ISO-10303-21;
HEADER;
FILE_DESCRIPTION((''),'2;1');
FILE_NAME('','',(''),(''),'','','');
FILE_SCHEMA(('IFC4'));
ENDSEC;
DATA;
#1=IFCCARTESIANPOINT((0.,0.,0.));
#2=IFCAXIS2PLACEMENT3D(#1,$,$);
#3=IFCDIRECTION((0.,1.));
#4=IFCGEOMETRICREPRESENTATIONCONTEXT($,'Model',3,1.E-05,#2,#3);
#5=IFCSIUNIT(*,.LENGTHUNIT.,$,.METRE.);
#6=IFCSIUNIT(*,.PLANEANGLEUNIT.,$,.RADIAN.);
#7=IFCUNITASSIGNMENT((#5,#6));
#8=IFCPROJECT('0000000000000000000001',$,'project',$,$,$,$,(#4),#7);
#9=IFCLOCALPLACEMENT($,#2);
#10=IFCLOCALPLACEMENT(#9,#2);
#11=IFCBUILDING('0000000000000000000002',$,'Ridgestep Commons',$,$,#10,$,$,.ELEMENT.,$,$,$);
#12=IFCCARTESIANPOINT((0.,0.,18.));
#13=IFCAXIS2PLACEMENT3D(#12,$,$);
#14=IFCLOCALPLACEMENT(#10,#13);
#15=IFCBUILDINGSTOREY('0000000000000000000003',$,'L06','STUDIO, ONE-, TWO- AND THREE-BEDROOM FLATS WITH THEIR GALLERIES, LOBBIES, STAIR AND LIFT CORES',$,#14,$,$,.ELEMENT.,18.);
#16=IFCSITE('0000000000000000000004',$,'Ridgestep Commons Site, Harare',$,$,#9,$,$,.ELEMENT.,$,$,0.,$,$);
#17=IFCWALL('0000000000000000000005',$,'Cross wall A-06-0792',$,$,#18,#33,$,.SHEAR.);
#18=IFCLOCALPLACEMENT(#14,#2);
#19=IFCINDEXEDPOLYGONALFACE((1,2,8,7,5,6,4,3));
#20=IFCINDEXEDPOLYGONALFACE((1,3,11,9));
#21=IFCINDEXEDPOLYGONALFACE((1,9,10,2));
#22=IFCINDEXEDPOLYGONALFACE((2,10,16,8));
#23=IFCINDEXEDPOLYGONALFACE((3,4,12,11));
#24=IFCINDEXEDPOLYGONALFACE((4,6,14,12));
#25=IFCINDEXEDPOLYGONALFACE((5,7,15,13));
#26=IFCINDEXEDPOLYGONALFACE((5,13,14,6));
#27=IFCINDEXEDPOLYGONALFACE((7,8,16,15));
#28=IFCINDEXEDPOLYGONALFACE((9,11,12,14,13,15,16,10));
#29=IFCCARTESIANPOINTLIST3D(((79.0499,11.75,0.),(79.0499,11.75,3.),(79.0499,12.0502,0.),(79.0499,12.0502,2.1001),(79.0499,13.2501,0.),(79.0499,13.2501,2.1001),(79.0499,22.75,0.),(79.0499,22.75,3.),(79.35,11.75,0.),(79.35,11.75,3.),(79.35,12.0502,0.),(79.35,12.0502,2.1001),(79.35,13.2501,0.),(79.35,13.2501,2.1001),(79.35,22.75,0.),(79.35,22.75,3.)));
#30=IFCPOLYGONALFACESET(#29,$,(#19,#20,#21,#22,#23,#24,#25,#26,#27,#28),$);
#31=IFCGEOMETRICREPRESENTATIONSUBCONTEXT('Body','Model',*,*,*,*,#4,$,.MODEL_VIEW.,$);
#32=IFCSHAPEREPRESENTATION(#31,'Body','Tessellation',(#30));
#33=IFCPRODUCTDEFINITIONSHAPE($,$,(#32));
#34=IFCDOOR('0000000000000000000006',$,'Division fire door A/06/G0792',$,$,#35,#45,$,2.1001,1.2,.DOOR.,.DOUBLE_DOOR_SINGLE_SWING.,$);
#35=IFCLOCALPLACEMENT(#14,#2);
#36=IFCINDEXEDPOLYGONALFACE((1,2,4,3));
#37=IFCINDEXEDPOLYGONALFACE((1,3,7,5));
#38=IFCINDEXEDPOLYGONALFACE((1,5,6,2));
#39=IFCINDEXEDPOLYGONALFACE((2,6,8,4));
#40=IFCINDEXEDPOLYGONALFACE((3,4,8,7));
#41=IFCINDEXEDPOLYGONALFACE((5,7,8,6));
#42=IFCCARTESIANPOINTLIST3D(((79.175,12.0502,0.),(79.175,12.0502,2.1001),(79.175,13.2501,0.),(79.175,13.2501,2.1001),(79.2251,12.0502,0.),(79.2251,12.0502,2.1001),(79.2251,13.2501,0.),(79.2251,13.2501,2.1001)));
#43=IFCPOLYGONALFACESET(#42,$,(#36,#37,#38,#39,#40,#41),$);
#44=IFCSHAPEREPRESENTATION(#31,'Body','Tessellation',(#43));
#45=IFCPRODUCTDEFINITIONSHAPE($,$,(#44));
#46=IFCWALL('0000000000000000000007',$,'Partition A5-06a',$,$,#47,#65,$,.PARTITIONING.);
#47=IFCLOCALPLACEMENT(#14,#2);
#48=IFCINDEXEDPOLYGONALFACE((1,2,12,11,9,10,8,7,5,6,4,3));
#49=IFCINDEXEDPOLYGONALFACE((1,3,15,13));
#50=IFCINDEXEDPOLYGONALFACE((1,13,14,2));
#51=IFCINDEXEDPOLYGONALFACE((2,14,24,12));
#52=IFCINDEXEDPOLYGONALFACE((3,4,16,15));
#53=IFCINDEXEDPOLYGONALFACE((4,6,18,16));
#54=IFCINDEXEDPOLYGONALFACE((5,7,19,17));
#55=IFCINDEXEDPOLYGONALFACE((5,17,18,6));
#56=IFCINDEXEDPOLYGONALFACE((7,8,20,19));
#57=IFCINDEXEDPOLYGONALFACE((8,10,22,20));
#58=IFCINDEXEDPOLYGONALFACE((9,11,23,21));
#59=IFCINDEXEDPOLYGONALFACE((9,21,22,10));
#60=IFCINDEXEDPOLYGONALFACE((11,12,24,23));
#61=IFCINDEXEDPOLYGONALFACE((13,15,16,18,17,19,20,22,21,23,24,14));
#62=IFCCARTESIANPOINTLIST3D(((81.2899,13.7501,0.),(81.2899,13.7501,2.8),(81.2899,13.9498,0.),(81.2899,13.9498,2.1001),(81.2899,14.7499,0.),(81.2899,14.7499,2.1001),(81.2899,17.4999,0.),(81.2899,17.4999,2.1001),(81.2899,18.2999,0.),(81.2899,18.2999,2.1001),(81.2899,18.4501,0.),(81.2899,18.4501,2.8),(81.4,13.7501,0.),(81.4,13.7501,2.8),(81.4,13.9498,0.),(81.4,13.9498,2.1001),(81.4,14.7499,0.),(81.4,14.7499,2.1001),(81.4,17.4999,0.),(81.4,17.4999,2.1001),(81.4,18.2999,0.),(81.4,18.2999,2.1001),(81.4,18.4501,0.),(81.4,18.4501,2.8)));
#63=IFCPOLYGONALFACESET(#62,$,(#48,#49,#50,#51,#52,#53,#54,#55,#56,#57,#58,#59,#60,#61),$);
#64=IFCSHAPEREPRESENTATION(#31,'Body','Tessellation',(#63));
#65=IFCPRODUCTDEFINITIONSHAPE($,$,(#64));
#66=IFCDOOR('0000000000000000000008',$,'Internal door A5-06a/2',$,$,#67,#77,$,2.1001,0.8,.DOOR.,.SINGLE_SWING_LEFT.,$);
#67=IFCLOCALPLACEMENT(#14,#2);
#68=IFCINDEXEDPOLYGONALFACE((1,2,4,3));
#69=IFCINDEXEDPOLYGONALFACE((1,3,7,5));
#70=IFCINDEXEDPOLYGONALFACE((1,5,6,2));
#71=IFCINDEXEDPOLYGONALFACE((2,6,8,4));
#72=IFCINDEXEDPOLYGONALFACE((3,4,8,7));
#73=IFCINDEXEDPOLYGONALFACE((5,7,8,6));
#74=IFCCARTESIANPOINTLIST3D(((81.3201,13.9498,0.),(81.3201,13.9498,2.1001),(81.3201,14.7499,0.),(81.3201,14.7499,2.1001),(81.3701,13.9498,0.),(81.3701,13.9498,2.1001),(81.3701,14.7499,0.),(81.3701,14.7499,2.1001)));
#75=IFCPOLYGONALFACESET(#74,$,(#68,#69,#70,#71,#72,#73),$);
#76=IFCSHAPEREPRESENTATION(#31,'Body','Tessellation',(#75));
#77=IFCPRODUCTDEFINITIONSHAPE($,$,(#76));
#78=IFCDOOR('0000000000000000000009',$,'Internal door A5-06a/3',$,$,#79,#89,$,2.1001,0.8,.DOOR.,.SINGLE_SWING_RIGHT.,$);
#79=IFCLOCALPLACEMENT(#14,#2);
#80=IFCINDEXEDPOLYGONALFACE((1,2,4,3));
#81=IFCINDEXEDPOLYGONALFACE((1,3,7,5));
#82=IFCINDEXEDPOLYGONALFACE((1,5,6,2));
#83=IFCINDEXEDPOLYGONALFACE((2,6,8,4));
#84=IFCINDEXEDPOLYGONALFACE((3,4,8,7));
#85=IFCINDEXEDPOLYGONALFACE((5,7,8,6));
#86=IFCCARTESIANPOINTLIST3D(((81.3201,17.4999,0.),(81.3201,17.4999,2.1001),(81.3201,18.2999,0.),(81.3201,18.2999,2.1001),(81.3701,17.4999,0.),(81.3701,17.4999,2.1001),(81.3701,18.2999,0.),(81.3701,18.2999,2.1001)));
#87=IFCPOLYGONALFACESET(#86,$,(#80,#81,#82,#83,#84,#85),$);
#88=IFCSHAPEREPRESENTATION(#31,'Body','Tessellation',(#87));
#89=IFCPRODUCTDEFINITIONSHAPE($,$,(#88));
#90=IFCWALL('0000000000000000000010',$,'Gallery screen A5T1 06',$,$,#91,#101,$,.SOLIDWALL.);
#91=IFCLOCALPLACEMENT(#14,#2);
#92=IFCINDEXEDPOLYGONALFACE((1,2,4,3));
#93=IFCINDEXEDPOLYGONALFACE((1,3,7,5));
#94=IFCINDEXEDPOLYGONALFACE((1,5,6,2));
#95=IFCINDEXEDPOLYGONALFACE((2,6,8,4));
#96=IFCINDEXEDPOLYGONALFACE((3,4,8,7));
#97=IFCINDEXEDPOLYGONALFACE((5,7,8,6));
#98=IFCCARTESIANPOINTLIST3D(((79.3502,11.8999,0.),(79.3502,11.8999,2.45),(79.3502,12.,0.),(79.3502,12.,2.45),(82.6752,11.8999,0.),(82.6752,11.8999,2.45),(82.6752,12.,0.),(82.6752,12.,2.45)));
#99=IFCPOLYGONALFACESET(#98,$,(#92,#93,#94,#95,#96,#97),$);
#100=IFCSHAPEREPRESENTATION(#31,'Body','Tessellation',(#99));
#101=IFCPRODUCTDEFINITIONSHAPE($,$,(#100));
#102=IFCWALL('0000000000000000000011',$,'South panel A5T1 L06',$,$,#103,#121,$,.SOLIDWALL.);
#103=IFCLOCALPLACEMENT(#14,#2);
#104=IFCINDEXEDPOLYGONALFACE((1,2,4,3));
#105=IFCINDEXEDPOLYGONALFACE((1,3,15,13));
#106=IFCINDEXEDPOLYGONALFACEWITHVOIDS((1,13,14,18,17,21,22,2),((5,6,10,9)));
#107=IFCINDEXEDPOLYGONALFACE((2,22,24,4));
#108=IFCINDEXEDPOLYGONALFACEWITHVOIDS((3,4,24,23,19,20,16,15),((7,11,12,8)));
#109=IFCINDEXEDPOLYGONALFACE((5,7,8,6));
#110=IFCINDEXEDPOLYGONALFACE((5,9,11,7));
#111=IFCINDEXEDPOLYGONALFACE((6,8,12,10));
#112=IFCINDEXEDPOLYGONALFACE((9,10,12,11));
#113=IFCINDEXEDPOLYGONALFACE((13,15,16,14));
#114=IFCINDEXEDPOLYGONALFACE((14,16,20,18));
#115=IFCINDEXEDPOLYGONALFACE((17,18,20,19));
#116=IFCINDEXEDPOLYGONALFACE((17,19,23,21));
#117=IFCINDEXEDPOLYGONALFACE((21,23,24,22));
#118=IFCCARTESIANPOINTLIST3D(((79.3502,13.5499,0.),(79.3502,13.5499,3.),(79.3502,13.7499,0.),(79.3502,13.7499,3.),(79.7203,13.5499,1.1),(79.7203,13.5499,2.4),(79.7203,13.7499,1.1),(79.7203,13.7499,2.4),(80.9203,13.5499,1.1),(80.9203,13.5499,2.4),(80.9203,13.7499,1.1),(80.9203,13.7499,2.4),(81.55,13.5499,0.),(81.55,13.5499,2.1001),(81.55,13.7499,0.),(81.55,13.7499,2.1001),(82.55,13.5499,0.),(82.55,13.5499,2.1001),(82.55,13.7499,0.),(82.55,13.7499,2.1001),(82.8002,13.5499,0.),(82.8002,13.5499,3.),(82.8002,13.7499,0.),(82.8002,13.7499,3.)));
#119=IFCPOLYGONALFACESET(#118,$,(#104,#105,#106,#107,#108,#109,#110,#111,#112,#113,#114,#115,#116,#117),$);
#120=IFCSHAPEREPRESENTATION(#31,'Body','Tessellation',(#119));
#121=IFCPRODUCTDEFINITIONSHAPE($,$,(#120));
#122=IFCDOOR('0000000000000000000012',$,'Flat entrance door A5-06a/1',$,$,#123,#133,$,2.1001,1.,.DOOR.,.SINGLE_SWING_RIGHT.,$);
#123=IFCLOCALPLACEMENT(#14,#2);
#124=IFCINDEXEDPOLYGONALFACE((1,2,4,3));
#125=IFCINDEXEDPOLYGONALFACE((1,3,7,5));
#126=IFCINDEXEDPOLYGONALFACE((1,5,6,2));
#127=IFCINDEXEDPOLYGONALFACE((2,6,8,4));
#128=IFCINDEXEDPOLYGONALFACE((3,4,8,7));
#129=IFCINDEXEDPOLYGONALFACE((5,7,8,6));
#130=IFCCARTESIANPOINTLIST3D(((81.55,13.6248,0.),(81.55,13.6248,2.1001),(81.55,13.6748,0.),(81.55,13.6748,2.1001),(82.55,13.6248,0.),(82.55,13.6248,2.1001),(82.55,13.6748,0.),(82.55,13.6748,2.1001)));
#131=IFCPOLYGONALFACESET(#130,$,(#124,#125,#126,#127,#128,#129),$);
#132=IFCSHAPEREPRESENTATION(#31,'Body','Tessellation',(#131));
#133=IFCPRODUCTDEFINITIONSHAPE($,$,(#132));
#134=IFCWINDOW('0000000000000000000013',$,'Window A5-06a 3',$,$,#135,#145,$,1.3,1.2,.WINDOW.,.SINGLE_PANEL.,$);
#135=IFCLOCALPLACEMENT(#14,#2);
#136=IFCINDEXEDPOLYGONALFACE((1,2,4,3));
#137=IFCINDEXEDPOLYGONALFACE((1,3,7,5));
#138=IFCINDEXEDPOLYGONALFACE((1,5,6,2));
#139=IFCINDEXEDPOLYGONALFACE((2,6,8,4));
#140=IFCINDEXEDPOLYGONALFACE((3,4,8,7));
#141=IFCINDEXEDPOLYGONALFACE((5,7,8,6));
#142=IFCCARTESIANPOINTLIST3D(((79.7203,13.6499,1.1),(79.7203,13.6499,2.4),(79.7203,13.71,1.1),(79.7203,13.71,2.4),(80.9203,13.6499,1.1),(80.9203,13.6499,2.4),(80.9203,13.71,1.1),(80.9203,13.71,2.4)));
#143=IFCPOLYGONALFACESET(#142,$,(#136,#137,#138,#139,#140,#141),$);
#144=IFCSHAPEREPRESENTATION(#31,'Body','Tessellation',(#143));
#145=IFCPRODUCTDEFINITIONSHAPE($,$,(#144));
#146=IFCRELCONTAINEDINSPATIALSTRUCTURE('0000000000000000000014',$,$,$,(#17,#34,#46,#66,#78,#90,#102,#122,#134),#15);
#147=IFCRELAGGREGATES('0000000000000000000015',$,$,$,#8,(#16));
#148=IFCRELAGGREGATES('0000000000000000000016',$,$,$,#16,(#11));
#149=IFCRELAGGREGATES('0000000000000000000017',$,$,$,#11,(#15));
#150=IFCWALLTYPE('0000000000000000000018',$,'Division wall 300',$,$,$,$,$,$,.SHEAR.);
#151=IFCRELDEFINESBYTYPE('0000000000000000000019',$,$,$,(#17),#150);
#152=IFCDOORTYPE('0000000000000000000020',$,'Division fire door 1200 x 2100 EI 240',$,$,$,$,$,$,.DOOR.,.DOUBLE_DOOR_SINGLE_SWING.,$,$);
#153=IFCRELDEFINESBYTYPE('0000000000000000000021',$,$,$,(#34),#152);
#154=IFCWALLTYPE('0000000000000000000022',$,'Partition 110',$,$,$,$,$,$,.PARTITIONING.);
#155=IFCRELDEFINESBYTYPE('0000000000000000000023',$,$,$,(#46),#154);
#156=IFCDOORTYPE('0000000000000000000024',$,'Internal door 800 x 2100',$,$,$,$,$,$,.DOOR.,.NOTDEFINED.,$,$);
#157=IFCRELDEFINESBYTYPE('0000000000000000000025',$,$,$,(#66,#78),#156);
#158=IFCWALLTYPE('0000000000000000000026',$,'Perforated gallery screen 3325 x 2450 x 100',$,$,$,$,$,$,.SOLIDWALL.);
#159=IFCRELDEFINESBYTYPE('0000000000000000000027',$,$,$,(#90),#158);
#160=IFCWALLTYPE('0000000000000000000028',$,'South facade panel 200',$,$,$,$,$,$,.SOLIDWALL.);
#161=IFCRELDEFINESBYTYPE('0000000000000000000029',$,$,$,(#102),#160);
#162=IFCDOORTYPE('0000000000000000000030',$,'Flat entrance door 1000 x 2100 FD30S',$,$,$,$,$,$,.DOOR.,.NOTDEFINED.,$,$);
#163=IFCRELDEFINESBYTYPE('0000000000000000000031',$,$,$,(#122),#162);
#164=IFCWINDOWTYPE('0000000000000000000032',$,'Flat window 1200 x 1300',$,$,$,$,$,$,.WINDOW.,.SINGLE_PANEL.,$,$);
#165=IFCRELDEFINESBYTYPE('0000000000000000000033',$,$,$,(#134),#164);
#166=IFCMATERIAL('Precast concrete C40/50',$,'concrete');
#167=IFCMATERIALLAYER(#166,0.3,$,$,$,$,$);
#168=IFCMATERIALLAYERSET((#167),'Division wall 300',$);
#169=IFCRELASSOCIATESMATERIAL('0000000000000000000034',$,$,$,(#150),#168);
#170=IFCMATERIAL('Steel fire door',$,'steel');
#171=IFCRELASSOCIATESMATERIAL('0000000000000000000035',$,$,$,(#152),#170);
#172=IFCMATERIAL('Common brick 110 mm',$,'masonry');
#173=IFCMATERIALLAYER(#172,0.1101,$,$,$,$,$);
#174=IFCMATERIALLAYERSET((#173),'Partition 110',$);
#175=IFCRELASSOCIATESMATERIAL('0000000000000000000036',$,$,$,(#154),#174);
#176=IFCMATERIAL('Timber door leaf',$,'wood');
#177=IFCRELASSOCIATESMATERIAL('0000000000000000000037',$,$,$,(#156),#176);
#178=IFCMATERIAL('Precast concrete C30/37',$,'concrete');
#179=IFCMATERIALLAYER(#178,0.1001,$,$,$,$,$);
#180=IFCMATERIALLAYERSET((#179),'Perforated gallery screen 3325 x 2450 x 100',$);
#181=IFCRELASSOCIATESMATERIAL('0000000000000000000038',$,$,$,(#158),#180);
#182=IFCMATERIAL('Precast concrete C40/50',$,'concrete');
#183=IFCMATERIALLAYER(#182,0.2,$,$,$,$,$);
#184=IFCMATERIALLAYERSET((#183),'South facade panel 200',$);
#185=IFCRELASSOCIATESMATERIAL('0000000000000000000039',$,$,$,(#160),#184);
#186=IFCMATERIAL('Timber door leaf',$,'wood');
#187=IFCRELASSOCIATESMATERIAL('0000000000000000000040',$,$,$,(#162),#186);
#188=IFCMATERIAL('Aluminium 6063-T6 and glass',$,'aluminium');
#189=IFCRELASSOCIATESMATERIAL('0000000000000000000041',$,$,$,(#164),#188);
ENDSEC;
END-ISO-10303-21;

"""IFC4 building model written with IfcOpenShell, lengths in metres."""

from ifc_helpers import new_model, si_unit, direction, frame, frame_2d, origin, place, context, subcontext, project, spatial, rectangle, extrude, material, layer, layer_set, type_object, element, fill, save


model = new_model("IFC4")

# Units and contexts
model_context = context("Model", 3, precision=1e-05, world=origin(), true_north=direction((0.0, 1.0)))
body_context = subcontext(model_context, "Body", "Model", "MODEL_VIEW")
ifc_project = project(units=[si_unit("LENGTHUNIT", "METRE"), si_unit("PLANEANGLEUNIT", "RADIAN")], contexts=[model_context])

# Site, building, storey
site_placement = place(None, origin())
site = spatial("IfcSite", under=ifc_project, at=site_placement, Name="Ridgestep Commons Site, Harare", CompositionType="ELEMENT", RefElevation=0.0)
building_placement = place(site_placement, origin())
building = spatial("IfcBuilding", under=site, at=building_placement, Name="Ridgestep Commons", CompositionType="ELEMENT")
storey_placement = place(building_placement, frame((0.0, 0.0, 18.0)))
storey = spatial("IfcBuildingStorey", under=building, at=storey_placement, Name="L06", Description="STUDIO, ONE-, TWO- AND THREE-BEDROOM FLATS WITH THEIR GALLERIES, LOBBIES, STAIR AND LIFT CORES", CompositionType="ELEMENT", Elevation=18.0)

# Wall, opening, door
ifc_material_1 = material(Name="Precast concrete C40/50", Category="concrete")
ifc_layer_1 = layer(ifc_material_1, 0.3)
ifc_layer_set_1 = layer_set([ifc_layer_1], Name="Division wall 300")
wall_type_1 = type_object("IfcWallType", Name="Division wall 300", PredefinedType="SHEAR", material=ifc_layer_set_1)
wall_1_placement = place(storey_placement, frame((79.2, 11.75, 0.0), z_axis=(0.0, 0.0, 1.0), x_axis=(0.0, 1.0, 0.0)))
wall_1 = element("IfcWall", 1, at=wall_1_placement, inside=storey, type_object=wall_type_1, Name="Cross wall A-06-0792", PredefinedType="SHEAR", context=body_context, shape_type="SweptSolid", body=[
    extrude(rectangle(XDim=11.0, YDim=0.3, at=frame_2d((5.5, 0.0))), origin(), (0.0, 0.0, 1.0), 3.0),
])
opening_1_placement = place(wall_1_placement, frame((0.3, 0.0, 0.0)))
opening_1 = element("IfcOpeningElement", 2, at=opening_1_placement, cuts=wall_1, PredefinedType="OPENING", context=body_context, shape_type="SweptSolid", body=[
    extrude(rectangle(XDim=1.2, YDim=2.1001, at=frame_2d((0.6001, 1.05))), frame((0.0, 0.1599, 0.0), z_axis=(0.0, -1.0, 0.0), x_axis=(1.0, 0.0, 0.0)), (0.0, 0.0, 1.0), 0.3201),
])
ifc_material_2 = material(Name="Steel fire door", Category="steel")
door_type_1 = type_object("IfcDoorType", Name="Division fire door 1200 x 2100 EI 240", OperationType="DOUBLE_DOOR_SINGLE_SWING", PredefinedType="DOOR", material=ifc_material_2)
door_1_placement = place(opening_1_placement, origin())
door_1 = element("IfcDoor", 3, at=door_1_placement, inside=storey, type_object=door_type_1, Name="Division fire door A/06/G0792", OperationType="DOUBLE_DOOR_SINGLE_SWING", OverallHeight=2.1001, OverallWidth=1.2, PredefinedType="DOOR", context=body_context, shape_type="SweptSolid", body=[
    extrude(rectangle(XDim=1.2, YDim=2.1001, at=frame_2d((0.6001, 1.05))), frame((0.0, 0.0249, 0.0), z_axis=(0.0, -1.0, 0.0), x_axis=(1.0, 0.0, 0.0)), (0.0, 0.0, 1.0), 0.05),
])
fill(opening_1, door_1)

# Wall, openings, doors
ifc_material_3 = material(Name="Common brick 110 mm", Category="masonry")
ifc_layer_2 = layer(ifc_material_3, 0.1101)
ifc_layer_set_2 = layer_set([ifc_layer_2], Name="Partition 110")
wall_type_2 = type_object("IfcWallType", Name="Partition 110", PredefinedType="PARTITIONING", material=ifc_layer_set_2)
wall_2_placement = place(storey_placement, frame((81.345, 13.75, 0.0), z_axis=(0.0, 0.0, 1.0), x_axis=(0.0, 1.0, 0.0)))
wall_2 = element("IfcWall", 4, at=wall_2_placement, inside=storey, type_object=wall_type_2, Name="Partition A5-06a", PredefinedType="PARTITIONING", context=body_context, shape_type="SweptSolid", body=[
    extrude(rectangle(XDim=4.7, YDim=0.1101, at=frame_2d((2.3501, 0.0))), origin(), (0.0, 0.0, 1.0), 2.8),
])
opening_2_placement = place(wall_2_placement, frame((0.2, 0.0, 0.0)))
opening_2 = element("IfcOpeningElement", 5, at=opening_2_placement, cuts=wall_2, PredefinedType="OPENING", context=body_context, shape_type="SweptSolid", body=[
    extrude(rectangle(XDim=0.8, YDim=2.1001, at=frame_2d((0.3999, 1.05))), frame((0.0, 0.0649, 0.0), z_axis=(0.0, -1.0, 0.0), x_axis=(1.0, 0.0, 0.0)), (0.0, 0.0, 1.0), 0.1301),
])
opening_3_placement = place(wall_2_placement, frame((3.75, 0.0, 0.0)))
opening_3 = element("IfcOpeningElement", 6, at=opening_3_placement, cuts=wall_2, PredefinedType="OPENING", context=body_context, shape_type="SweptSolid", body=[
    extrude(rectangle(XDim=0.8, YDim=2.1001, at=frame_2d((0.3999, 1.05))), frame((0.0, 0.0649, 0.0), z_axis=(0.0, -1.0, 0.0), x_axis=(1.0, 0.0, 0.0)), (0.0, 0.0, 1.0), 0.1301),
])
ifc_material_4 = material(Name="Timber door leaf", Category="wood")
door_type_2 = type_object("IfcDoorType", Name="Internal door 800 x 2100", OperationType="NOTDEFINED", PredefinedType="DOOR", material=ifc_material_4)
door_2_placement = place(opening_2_placement, origin())
door_2 = element("IfcDoor", 7, at=door_2_placement, inside=storey, type_object=door_type_2, Name="Internal door A5-06a/2", OperationType="SINGLE_SWING_LEFT", OverallHeight=2.1001, OverallWidth=0.8, PredefinedType="DOOR", context=body_context, shape_type="SweptSolid", body=[
    extrude(rectangle(XDim=0.8, YDim=2.1001, at=frame_2d((0.3999, 1.05))), frame((0.0, 0.0249, 0.0), z_axis=(0.0, -1.0, 0.0), x_axis=(1.0, 0.0, 0.0)), (0.0, 0.0, 1.0), 0.05),
])
fill(opening_2, door_2)
door_3_placement = place(opening_3_placement, origin())
door_3 = element("IfcDoor", 8, at=door_3_placement, inside=storey, type_object=door_type_2, Name="Internal door A5-06a/3", OperationType="SINGLE_SWING_RIGHT", OverallHeight=2.1001, OverallWidth=0.8, PredefinedType="DOOR", context=body_context, shape_type="SweptSolid", body=[
    extrude(rectangle(XDim=0.8, YDim=2.1001, at=frame_2d((0.3999, 1.05))), frame((0.0, 0.0249, 0.0), z_axis=(0.0, -1.0, 0.0), x_axis=(1.0, 0.0, 0.0)), (0.0, 0.0, 1.0), 0.05),
])
fill(opening_3, door_3)

# Wall
ifc_material_5 = material(Name="Precast concrete C30/37", Category="concrete")
ifc_layer_3 = layer(ifc_material_5, 0.1001)
ifc_layer_set_3 = layer_set([ifc_layer_3], Name="Perforated gallery screen 3325 x 2450 x 100")
wall_type_3 = type_object("IfcWallType", Name="Perforated gallery screen 3325 x 2450 x 100", PredefinedType="SOLIDWALL", material=ifc_layer_set_3)
wall_3_placement = place(storey_placement, frame((79.3501, 11.95, 0.0), z_axis=(0.0, 0.0, 1.0), x_axis=(1.0, 0.0, 0.0)))
element("IfcWall", 9, at=wall_3_placement, inside=storey, type_object=wall_type_3, Name="Gallery screen A5T1 06", PredefinedType="SOLIDWALL", context=body_context, shape_type="SweptSolid", body=[
    extrude(rectangle(XDim=3.325, YDim=0.1001, at=frame_2d((1.6626, 0.0))), origin(), (0.0, 0.0, 1.0), 2.45),
])

# Wall, openings, door, window
ifc_material_6 = material(Name="Precast concrete C40/50", Category="concrete")
ifc_layer_4 = layer(ifc_material_6, 0.2)
ifc_layer_set_4 = layer_set([ifc_layer_4], Name="South facade panel 200")
wall_type_4 = type_object("IfcWallType", Name="South facade panel 200", PredefinedType="SOLIDWALL", material=ifc_layer_set_4)
wall_4_placement = place(storey_placement, frame((79.3501, 13.6499, 0.0), z_axis=(0.0, 0.0, 1.0), x_axis=(1.0, 0.0, 0.0)))
wall_4 = element("IfcWall", 10, at=wall_4_placement, inside=storey, type_object=wall_type_4, Name="South panel A5T1 L06", PredefinedType="SOLIDWALL", context=body_context, shape_type="SweptSolid", body=[
    extrude(rectangle(XDim=3.45, YDim=0.2, at=frame_2d((1.7251, 0.0))), origin(), (0.0, 0.0, 1.0), 3.0),
])
opening_4_placement = place(wall_4_placement, frame((0.3701, 0.0, 1.1001)))
opening_4 = element("IfcOpeningElement", 11, at=opening_4_placement, cuts=wall_4, PredefinedType="OPENING", context=body_context, shape_type="SweptSolid", body=[
    extrude(rectangle(XDim=1.2, YDim=1.3, at=frame_2d((0.6001, 0.6499))), frame((0.0, 0.1099, 0.0), z_axis=(0.0, -1.0, 0.0), x_axis=(1.0, 0.0, 0.0)), (0.0, 0.0, 1.0), 0.22),
])
opening_5_placement = place(wall_4_placement, frame((2.2, 0.0, 0.0)))
opening_5 = element("IfcOpeningElement", 12, at=opening_5_placement, cuts=wall_4, PredefinedType="OPENING", context=body_context, shape_type="SweptSolid", body=[
    extrude(rectangle(XDim=1.0, YDim=2.1001, at=frame_2d((0.5, 1.05))), frame((0.0, 0.1099, 0.0), z_axis=(0.0, -1.0, 0.0), x_axis=(1.0, 0.0, 0.0)), (0.0, 0.0, 1.0), 0.22),
])
ifc_material_7 = material(Name="Timber door leaf", Category="wood")
door_type_3 = type_object("IfcDoorType", Name="Flat entrance door 1000 x 2100 FD30S", OperationType="NOTDEFINED", PredefinedType="DOOR", material=ifc_material_7)
door_4_placement = place(opening_5_placement, origin())
door_4 = element("IfcDoor", 13, at=door_4_placement, inside=storey, type_object=door_type_3, Name="Flat entrance door A5-06a/1", OperationType="SINGLE_SWING_RIGHT", OverallHeight=2.1001, OverallWidth=1.0, PredefinedType="DOOR", context=body_context, shape_type="SweptSolid", body=[
    extrude(rectangle(XDim=1.0, YDim=2.1001, at=frame_2d((0.5, 1.05))), frame((0.0, 0.0249, 0.0), z_axis=(0.0, -1.0, 0.0), x_axis=(1.0, 0.0, 0.0)), (0.0, 0.0, 1.0), 0.05),
])
fill(opening_5, door_4)
ifc_material_8 = material(Name="Aluminium 6063-T6 and glass", Category="aluminium")
window_type_1 = type_object("IfcWindowType", Name="Flat window 1200 x 1300", PartitioningType="SINGLE_PANEL", PredefinedType="WINDOW", material=ifc_material_8)
window_1_placement = place(opening_4_placement, origin())
window_1 = element("IfcWindow", 14, at=window_1_placement, inside=storey, type_object=window_type_1, Name="Window A5-06a 3", OverallHeight=1.3, OverallWidth=1.2, PartitioningType="SINGLE_PANEL", PredefinedType="WINDOW", context=body_context, shape_type="SweptSolid", body=[
    extrude(rectangle(XDim=1.2, YDim=1.3, at=frame_2d((0.6001, 0.6499))), frame((0.0, 0.0601, 0.0), z_axis=(0.0, -1.0, 0.0), x_axis=(1.0, 0.0, 0.0)), (0.0, 0.0, 1.0), 0.0601),
])
fill(opening_4, window_1)

save(model, "model.ifc")
